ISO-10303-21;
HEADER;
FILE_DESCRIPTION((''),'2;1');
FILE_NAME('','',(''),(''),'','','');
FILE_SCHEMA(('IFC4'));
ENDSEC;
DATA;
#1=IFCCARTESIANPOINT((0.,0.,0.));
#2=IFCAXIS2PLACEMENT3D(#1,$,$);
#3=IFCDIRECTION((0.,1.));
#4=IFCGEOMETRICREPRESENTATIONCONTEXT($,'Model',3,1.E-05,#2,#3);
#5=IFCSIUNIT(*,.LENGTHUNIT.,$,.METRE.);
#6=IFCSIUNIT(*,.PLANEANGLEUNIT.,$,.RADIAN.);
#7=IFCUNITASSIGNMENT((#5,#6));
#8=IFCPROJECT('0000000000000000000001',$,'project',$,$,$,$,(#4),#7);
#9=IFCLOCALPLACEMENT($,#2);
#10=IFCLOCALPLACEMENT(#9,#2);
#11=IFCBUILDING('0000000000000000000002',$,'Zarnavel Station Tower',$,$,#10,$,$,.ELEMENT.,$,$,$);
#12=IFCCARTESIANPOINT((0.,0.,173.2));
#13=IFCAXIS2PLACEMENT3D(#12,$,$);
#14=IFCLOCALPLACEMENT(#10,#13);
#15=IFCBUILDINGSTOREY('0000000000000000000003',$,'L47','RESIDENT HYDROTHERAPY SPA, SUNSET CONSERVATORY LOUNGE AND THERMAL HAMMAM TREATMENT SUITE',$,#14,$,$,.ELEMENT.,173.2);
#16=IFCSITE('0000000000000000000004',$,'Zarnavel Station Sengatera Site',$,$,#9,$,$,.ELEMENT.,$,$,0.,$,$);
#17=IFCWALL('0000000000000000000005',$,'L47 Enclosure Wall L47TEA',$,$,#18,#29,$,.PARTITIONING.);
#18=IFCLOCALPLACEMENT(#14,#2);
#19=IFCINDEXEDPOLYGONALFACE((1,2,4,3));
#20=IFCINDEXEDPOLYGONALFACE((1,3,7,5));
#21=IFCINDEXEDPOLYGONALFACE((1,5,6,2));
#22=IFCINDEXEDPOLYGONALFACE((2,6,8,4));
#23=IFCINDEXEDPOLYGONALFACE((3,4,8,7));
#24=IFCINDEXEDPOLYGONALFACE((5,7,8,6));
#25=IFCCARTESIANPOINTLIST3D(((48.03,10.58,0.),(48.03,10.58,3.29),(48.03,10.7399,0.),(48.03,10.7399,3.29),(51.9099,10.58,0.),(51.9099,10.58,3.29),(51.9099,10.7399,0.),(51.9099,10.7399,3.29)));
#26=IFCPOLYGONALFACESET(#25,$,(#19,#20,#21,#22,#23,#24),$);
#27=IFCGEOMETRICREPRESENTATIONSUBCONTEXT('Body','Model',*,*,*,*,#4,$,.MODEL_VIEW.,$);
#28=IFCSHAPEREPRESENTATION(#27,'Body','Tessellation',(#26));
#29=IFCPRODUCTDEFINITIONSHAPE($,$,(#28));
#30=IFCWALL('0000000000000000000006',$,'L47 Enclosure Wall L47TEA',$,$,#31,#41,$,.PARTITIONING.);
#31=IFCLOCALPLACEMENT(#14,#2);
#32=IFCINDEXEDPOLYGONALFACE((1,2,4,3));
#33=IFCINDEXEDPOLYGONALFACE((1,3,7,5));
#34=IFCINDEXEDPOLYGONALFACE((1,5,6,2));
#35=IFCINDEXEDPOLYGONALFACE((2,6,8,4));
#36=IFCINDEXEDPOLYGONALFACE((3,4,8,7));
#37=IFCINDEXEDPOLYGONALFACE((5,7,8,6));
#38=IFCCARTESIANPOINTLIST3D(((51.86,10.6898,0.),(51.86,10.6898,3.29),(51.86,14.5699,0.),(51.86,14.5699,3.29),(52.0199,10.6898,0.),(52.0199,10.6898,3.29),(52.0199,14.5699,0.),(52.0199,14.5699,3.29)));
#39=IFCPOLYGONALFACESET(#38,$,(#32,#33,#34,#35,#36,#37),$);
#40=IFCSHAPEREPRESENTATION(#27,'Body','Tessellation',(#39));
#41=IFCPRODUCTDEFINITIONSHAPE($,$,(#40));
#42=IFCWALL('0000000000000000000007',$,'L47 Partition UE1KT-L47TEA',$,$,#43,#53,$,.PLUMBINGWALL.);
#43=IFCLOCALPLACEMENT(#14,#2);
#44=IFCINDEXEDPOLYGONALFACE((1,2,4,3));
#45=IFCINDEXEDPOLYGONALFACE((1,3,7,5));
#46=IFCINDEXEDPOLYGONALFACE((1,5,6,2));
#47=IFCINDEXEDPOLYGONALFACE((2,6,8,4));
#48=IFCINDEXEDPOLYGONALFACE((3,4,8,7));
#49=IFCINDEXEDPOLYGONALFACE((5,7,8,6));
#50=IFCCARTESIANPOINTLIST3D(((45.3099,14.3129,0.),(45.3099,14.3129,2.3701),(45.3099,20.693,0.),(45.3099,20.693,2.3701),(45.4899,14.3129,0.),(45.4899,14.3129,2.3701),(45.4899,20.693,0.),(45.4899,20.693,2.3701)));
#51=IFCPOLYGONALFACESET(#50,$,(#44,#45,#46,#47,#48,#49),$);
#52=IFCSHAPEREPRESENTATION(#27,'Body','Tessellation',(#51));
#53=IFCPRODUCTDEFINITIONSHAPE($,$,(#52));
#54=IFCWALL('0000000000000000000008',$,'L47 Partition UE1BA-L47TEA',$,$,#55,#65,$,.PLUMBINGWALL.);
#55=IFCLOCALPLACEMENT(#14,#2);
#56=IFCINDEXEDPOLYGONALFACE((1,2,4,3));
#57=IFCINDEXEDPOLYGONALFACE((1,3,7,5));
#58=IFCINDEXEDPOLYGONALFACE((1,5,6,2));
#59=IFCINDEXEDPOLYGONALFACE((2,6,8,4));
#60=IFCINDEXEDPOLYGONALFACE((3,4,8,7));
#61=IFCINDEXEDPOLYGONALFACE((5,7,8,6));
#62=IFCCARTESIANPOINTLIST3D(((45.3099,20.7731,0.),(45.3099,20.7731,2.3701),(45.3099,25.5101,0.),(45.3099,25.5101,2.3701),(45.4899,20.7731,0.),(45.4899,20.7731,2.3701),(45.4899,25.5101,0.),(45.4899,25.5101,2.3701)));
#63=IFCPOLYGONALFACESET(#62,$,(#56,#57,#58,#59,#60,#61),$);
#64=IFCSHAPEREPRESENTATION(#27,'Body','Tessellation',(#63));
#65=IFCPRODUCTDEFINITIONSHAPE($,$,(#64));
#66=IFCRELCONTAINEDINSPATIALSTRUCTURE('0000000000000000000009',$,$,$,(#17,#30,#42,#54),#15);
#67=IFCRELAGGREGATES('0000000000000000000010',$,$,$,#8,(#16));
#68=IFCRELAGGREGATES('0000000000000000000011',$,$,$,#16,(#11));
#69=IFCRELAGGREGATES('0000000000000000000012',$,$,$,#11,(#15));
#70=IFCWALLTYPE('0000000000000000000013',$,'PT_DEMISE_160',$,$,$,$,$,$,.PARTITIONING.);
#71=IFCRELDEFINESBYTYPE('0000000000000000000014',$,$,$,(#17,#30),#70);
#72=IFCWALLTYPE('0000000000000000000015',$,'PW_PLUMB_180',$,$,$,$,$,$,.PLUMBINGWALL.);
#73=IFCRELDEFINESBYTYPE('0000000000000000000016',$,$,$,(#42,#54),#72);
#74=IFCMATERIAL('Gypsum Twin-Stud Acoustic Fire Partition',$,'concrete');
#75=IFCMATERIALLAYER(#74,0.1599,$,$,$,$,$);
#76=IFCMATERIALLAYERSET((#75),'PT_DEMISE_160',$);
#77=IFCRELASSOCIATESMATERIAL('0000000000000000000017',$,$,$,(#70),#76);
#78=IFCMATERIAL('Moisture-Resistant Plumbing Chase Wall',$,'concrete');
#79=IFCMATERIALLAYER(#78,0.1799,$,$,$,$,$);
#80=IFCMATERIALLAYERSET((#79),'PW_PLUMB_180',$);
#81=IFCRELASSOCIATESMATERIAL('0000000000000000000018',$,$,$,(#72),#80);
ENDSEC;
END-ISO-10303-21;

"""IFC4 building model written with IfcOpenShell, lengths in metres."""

from ifc_helpers import new_model, si_unit, direction, frame, frame_2d, origin, place, context, subcontext, project, spatial, rectangle, extrude, material, layer, layer_set, type_object, element, save


model = new_model("IFC4")

# Units and contexts
model_context = context("Model", 3, precision=1e-05, world=origin(), true_north=direction((0.0, 1.0)))
body_context = subcontext(model_context, "Body", "Model", "MODEL_VIEW")
ifc_project = project(units=[si_unit("LENGTHUNIT", "METRE"), si_unit("PLANEANGLEUNIT", "RADIAN")], contexts=[model_context])

# Site, building, storey
site_placement = place(None, origin())
site = spatial("IfcSite", under=ifc_project, at=site_placement, Name="Zarnavel Station Sengatera Site", CompositionType="ELEMENT", RefElevation=0.0)
building_placement = place(site_placement, origin())
building = spatial("IfcBuilding", under=site, at=building_placement, Name="Zarnavel Station Tower", CompositionType="ELEMENT")
storey_placement = place(building_placement, frame((0.0, 0.0, 173.2)))
storey = spatial("IfcBuildingStorey", under=building, at=storey_placement, Name="L47", Description="RESIDENT HYDROTHERAPY SPA, SUNSET CONSERVATORY LOUNGE AND THERMAL HAMMAM TREATMENT SUITE", CompositionType="ELEMENT", Elevation=173.2)

# Walls
ifc_material_1 = material(Name="Gypsum Twin-Stud Acoustic Fire Partition", Category="concrete")
ifc_layer_1 = layer(ifc_material_1, 0.1599)
ifc_layer_set_1 = layer_set([ifc_layer_1], Name="PT_DEMISE_160")
wall_type_1 = type_object("IfcWallType", Name="PT_DEMISE_160", PredefinedType="PARTITIONING", material=ifc_layer_set_1)
wall_1_placement = place(storey_placement, frame((48.03, 10.6599, 0.0), z_axis=(0.0, 0.0, 1.0), x_axis=(1.0, 0.0, 0.0)))
element("IfcWall", 1, at=wall_1_placement, inside=storey, type_object=wall_type_1, Name="L47 Enclosure Wall L47TEA", PredefinedType="PARTITIONING", context=body_context, shape_type="SweptSolid", body=[
    extrude(rectangle(XDim=3.8799, YDim=0.1599, at=frame_2d((1.9399, 0.0))), origin(), (0.0, 0.0, 1.0), 3.29),
])
wall_2_placement = place(storey_placement, frame((51.9399, 10.6899, 0.0), z_axis=(0.0, 0.0, 1.0), x_axis=(0.0, 1.0, 0.0)))
element("IfcWall", 2, at=wall_2_placement, inside=storey, type_object=wall_type_1, Name="L47 Enclosure Wall L47TEA", PredefinedType="PARTITIONING", context=body_context, shape_type="SweptSolid", body=[
    extrude(rectangle(XDim=3.8801, YDim=0.1599, at=frame_2d((1.9399, 0.0))), origin(), (0.0, 0.0, 1.0), 3.29),
])
ifc_material_2 = material(Name="Moisture-Resistant Plumbing Chase Wall", Category="concrete")
ifc_layer_2 = layer(ifc_material_2, 0.1799)
ifc_layer_set_2 = layer_set([ifc_layer_2], Name="PW_PLUMB_180")
wall_type_2 = type_object("IfcWallType", Name="PW_PLUMB_180", PredefinedType="PLUMBINGWALL", material=ifc_layer_set_2)
wall_3_placement = place(storey_placement, frame((45.3999, 14.313, 0.0), z_axis=(0.0, 0.0, 1.0), x_axis=(0.0, 1.0, 0.0)))
element("IfcWall", 3, at=wall_3_placement, inside=storey, type_object=wall_type_2, Name="L47 Partition UE1KT-L47TEA", PredefinedType="PLUMBINGWALL", context=body_context, shape_type="SweptSolid", body=[
    extrude(rectangle(XDim=6.3801, YDim=0.1799, at=frame_2d((3.1899, 0.0))), origin(), (0.0, 0.0, 1.0), 2.3701),
])
wall_4_placement = place(storey_placement, frame((45.3999, 20.7729, 0.0), z_axis=(0.0, 0.0, 1.0), x_axis=(0.0, 1.0, 0.0)))
element("IfcWall", 4, at=wall_4_placement, inside=storey, type_object=wall_type_2, Name="L47 Partition UE1BA-L47TEA", PredefinedType="PLUMBINGWALL", context=body_context, shape_type="SweptSolid", body=[
    extrude(rectangle(XDim=4.7371, YDim=0.1799, at=frame_2d((2.3687, 0.0))), origin(), (0.0, 0.0, 1.0), 2.3701),
])

save(model, "model.ifc")
